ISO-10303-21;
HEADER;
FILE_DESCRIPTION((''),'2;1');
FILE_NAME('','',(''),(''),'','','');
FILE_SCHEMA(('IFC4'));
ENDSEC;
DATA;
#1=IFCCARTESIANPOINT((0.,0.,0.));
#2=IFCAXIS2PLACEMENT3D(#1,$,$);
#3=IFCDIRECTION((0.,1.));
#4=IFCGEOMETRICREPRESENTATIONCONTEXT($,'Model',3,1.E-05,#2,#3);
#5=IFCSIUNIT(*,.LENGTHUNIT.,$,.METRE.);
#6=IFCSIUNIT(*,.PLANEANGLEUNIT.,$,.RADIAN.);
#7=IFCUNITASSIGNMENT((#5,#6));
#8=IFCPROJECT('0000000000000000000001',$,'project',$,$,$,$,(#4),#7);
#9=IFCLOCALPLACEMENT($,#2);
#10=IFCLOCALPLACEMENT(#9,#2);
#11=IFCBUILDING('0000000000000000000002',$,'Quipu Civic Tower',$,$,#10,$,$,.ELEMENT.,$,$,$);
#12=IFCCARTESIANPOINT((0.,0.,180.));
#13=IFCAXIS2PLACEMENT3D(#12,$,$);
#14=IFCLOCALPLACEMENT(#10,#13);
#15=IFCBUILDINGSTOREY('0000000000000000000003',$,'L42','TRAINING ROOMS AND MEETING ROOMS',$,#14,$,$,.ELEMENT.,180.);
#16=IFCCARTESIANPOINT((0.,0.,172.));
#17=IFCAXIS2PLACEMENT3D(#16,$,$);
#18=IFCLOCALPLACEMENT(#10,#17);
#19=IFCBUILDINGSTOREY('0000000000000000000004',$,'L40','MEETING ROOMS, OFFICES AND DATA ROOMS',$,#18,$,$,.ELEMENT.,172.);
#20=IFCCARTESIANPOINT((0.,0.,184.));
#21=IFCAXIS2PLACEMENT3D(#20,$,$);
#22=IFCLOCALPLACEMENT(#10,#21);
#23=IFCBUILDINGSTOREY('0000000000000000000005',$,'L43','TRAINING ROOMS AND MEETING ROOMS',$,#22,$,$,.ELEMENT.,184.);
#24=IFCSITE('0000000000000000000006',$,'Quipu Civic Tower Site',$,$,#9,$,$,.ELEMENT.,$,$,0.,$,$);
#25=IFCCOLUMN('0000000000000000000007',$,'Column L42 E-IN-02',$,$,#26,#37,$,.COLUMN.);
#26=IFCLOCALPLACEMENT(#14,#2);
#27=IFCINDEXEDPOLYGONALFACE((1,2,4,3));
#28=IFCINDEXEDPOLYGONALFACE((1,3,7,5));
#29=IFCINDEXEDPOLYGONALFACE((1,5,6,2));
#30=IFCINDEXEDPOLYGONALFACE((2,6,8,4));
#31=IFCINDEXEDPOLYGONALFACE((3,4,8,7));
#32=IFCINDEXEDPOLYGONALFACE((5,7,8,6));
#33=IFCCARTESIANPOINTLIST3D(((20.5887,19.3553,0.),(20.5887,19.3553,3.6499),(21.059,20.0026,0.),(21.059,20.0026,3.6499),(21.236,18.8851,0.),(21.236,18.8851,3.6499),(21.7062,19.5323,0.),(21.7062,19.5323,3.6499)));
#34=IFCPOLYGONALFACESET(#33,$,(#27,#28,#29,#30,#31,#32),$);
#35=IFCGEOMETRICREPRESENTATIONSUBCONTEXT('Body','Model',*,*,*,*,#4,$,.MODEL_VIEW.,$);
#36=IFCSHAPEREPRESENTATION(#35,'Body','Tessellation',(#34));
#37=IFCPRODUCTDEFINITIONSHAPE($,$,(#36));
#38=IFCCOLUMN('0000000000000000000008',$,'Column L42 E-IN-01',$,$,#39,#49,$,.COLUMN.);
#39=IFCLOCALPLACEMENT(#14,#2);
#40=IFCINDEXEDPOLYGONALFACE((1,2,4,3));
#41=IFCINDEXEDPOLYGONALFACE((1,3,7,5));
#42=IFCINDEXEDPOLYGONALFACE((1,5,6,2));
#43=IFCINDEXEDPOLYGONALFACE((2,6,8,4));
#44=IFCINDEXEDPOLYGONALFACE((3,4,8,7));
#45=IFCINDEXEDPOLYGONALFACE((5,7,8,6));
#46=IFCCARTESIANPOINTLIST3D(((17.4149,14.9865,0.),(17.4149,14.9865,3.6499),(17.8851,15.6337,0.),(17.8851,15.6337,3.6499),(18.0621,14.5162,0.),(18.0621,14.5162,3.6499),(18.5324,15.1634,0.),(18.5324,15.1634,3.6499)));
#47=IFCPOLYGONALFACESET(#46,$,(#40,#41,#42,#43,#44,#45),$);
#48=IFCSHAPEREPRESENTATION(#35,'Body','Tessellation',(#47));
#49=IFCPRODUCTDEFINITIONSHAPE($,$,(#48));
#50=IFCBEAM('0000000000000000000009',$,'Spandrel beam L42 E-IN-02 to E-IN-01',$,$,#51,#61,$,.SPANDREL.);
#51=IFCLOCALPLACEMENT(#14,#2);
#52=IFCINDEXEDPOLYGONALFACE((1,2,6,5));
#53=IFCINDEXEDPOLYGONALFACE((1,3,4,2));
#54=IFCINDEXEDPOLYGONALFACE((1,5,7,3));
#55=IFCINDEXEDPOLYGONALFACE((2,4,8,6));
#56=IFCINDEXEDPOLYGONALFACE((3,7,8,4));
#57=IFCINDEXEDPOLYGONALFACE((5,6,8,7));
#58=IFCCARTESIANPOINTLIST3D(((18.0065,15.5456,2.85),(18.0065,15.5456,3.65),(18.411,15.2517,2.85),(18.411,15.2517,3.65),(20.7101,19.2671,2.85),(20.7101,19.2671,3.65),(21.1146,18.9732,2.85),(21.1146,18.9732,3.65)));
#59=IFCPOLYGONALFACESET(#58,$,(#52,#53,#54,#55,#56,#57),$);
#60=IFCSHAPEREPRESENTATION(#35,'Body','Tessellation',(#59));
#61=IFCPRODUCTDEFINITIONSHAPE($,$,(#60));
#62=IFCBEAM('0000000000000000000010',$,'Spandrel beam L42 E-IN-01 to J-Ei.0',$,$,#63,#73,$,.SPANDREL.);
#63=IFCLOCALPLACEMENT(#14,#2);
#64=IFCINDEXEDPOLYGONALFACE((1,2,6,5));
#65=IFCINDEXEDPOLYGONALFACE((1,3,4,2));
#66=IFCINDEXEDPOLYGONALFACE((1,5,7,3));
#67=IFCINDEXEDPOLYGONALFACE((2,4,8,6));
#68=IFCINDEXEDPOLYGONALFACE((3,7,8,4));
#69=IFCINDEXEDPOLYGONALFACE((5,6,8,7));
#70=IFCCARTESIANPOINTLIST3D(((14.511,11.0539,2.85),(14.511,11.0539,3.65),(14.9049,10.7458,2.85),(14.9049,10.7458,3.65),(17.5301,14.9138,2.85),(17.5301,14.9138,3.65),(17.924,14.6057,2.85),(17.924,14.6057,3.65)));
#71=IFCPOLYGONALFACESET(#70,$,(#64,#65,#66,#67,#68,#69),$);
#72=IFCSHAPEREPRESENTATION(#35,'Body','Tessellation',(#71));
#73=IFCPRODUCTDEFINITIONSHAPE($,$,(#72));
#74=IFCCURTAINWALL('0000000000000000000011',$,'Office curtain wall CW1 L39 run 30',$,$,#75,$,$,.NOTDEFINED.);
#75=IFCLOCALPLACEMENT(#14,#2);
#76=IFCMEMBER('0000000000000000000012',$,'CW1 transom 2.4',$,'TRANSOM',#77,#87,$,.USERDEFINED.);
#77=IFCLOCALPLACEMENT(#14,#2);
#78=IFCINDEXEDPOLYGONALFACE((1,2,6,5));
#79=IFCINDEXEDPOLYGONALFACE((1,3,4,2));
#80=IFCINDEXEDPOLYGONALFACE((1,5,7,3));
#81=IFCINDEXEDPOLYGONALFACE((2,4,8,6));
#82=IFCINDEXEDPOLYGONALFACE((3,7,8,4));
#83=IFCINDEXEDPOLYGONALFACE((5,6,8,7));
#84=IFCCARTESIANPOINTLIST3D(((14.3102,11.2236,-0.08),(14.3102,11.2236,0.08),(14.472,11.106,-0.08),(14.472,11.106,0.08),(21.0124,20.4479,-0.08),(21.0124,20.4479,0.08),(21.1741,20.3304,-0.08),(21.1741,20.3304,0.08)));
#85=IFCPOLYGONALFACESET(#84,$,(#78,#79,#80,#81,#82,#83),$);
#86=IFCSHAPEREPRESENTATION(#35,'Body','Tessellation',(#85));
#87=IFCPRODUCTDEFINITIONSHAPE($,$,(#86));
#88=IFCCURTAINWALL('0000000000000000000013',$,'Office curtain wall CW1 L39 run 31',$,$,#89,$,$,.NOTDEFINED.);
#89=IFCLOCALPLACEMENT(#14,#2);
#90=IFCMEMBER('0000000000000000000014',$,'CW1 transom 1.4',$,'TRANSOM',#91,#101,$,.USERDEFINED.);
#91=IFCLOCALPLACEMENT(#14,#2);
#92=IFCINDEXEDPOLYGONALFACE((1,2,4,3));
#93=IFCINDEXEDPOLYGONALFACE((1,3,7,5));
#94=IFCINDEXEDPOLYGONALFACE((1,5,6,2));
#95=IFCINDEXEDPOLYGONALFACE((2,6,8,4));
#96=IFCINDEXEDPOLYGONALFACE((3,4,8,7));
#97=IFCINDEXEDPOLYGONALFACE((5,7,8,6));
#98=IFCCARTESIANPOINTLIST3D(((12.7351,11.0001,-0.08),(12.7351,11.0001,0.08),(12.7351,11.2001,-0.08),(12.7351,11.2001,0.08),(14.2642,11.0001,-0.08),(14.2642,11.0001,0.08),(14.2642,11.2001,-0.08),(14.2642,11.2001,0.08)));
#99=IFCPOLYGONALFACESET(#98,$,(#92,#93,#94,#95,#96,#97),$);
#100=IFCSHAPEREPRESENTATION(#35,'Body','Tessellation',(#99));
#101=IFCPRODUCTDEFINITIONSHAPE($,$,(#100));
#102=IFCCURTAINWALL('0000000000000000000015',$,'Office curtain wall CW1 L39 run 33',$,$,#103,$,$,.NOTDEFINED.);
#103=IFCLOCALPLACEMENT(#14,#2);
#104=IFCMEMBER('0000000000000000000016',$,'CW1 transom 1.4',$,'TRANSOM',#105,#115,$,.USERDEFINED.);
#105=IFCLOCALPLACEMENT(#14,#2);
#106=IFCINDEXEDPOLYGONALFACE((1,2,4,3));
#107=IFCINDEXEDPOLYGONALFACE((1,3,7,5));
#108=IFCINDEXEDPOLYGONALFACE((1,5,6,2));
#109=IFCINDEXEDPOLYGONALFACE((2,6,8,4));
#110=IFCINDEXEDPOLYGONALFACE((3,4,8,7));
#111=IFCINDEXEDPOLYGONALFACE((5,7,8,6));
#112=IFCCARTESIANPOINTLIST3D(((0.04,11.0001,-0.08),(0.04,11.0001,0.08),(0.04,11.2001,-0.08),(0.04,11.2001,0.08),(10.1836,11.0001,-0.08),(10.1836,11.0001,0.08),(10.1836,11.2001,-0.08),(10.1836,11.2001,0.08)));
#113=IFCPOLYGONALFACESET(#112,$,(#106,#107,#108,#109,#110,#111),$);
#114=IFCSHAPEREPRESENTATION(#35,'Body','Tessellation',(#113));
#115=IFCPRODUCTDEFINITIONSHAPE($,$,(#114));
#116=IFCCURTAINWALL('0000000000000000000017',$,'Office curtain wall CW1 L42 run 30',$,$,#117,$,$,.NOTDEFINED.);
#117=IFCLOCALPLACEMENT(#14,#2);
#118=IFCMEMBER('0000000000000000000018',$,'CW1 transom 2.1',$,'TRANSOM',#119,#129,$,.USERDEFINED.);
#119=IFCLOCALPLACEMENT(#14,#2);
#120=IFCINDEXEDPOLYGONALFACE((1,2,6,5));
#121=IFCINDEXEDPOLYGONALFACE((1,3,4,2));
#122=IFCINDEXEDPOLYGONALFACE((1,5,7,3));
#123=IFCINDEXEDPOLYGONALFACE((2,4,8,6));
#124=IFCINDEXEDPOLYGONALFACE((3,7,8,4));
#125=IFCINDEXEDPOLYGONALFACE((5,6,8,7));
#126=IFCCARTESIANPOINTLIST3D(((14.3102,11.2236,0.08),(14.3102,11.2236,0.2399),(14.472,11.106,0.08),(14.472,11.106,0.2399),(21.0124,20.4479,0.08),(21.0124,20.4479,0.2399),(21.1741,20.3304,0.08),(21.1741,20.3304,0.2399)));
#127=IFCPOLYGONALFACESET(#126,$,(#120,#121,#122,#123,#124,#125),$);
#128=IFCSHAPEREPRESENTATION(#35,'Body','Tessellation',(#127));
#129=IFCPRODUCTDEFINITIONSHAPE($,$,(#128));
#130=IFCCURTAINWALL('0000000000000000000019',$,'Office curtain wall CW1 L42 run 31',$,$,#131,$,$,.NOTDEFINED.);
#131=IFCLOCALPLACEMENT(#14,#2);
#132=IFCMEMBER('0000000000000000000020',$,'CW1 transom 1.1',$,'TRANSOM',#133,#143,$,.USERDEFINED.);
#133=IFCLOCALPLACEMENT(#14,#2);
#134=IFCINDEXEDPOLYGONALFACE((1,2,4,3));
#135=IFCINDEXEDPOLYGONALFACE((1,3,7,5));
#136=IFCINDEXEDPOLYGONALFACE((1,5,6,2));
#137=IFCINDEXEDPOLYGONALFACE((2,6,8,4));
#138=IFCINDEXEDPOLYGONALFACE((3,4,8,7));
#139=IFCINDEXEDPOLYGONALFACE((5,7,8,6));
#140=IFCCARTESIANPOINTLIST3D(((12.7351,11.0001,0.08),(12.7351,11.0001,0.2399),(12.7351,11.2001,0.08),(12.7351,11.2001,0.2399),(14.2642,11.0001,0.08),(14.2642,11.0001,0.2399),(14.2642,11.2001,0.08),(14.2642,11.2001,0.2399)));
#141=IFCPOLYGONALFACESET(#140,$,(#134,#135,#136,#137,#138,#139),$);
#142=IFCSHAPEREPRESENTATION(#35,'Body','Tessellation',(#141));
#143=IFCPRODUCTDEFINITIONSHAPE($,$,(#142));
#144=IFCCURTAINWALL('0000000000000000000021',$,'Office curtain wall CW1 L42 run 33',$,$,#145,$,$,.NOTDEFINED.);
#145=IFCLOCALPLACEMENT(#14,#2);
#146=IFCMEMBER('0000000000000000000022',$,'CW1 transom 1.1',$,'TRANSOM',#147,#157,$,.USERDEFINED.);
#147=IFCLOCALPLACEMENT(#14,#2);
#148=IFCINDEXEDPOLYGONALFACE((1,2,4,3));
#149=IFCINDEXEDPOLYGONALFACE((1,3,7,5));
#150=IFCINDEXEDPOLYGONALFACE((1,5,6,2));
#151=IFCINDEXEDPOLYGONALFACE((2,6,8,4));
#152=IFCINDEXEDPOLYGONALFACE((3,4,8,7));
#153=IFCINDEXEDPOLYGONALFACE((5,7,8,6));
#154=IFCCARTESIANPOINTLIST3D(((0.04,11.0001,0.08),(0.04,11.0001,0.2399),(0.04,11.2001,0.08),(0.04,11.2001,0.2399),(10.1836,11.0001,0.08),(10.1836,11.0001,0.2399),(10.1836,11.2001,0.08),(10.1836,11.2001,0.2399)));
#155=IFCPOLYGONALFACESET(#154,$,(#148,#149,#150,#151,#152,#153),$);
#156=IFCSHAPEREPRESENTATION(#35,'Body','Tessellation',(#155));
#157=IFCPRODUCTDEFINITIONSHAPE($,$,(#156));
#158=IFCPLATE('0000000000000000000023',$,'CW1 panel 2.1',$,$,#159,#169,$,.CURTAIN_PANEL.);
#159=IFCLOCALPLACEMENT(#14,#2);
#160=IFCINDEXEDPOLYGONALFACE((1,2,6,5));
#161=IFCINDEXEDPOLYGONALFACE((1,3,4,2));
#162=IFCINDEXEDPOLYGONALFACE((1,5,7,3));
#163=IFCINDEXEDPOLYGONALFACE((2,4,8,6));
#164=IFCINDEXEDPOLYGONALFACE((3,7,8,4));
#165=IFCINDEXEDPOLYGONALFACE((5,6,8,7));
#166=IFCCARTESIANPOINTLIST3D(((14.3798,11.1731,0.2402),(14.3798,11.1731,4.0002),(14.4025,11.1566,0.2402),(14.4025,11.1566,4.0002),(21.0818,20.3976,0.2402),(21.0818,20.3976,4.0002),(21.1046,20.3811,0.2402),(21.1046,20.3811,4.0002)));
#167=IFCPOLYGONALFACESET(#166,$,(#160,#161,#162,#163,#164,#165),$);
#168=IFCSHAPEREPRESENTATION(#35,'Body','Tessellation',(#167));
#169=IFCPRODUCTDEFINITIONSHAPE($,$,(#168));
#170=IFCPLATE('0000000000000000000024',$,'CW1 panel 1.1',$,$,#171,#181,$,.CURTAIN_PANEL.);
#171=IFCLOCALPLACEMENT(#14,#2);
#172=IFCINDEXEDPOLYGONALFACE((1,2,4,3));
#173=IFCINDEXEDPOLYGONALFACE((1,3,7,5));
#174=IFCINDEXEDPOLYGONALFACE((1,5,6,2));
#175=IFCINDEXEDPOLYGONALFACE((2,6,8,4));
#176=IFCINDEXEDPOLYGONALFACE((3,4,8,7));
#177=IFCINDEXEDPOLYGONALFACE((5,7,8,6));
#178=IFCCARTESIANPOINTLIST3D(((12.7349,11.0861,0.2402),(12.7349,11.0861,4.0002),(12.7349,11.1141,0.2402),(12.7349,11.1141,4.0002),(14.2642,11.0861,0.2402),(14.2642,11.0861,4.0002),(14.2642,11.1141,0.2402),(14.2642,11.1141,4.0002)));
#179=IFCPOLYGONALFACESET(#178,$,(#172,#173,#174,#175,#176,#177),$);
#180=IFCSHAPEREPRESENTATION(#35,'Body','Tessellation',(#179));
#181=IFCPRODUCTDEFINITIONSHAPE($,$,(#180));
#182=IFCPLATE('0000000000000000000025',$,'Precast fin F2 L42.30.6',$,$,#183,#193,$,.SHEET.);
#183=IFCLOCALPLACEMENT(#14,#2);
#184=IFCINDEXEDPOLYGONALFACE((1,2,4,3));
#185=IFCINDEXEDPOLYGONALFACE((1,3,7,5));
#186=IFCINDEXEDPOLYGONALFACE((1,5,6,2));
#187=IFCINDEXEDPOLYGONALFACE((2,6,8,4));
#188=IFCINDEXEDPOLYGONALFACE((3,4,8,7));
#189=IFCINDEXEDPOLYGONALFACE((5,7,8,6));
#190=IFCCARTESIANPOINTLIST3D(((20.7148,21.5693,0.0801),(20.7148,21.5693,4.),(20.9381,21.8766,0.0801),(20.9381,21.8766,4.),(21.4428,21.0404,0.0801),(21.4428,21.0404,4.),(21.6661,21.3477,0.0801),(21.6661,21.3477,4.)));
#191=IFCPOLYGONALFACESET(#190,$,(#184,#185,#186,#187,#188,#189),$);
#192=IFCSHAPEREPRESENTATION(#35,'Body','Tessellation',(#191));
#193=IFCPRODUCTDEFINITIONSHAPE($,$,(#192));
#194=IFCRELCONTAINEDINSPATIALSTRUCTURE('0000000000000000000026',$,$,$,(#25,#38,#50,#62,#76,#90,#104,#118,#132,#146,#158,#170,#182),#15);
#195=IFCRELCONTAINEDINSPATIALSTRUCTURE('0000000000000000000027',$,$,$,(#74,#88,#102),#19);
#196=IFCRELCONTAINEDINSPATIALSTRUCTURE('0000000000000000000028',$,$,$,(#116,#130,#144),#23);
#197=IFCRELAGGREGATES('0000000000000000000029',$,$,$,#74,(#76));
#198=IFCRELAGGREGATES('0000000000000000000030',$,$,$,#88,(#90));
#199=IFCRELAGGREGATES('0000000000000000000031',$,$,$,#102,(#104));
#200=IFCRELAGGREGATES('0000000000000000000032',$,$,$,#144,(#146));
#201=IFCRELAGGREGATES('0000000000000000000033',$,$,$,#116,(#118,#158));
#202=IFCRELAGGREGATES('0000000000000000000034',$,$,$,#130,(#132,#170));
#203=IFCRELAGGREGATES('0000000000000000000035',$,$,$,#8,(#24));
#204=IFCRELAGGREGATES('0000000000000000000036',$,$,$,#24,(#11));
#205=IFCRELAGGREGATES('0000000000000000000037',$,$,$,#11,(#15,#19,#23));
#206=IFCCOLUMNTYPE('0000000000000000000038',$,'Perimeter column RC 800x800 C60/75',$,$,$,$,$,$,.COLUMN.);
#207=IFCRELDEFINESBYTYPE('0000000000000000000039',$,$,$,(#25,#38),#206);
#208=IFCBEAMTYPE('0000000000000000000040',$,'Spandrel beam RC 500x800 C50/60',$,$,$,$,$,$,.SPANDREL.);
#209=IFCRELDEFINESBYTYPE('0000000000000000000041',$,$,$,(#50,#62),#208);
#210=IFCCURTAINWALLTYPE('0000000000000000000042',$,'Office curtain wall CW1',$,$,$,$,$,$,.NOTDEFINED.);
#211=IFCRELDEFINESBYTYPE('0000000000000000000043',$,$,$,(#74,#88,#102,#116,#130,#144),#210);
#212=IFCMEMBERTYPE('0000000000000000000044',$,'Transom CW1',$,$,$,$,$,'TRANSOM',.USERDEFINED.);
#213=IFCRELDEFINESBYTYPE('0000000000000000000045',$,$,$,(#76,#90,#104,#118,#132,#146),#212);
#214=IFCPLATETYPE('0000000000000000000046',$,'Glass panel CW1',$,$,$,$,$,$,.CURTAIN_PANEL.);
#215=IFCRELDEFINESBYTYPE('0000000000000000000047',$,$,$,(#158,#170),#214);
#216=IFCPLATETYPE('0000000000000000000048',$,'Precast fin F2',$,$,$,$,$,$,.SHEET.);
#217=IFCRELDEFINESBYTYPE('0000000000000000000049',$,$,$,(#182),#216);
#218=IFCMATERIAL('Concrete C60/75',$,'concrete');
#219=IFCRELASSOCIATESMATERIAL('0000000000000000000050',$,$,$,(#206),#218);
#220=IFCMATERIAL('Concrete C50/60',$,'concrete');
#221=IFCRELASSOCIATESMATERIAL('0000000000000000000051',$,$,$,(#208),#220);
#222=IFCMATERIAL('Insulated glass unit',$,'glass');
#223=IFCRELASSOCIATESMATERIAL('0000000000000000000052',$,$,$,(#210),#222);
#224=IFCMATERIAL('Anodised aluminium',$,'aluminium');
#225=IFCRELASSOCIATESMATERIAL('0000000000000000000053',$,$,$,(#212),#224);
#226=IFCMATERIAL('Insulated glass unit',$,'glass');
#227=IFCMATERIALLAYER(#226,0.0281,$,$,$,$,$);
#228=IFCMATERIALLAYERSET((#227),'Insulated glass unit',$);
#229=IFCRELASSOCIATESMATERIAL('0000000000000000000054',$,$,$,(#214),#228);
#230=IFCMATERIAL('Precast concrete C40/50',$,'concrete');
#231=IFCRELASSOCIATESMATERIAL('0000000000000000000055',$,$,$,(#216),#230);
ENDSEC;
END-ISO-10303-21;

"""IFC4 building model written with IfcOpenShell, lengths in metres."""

from ifc_helpers import new_model, si_unit, direction, frame, origin, origin_2d, place, context, subcontext, project, spatial, rectangle, extrude, material, layer, layer_set, material_profile, profile_set, type_object, element, aggregate, save


model = new_model("IFC4")

# Units and contexts
model_context = context("Model", 3, precision=1e-05, world=origin(), true_north=direction((0.0, 1.0)))
body_context = subcontext(model_context, "Body", "Model", "MODEL_VIEW")
ifc_project = project(units=[si_unit("LENGTHUNIT", "METRE"), si_unit("PLANEANGLEUNIT", "RADIAN")], contexts=[model_context])

# Site, building, storey
site_placement = place(None, origin())
site = spatial("IfcSite", under=ifc_project, at=site_placement, Name="Quipu Civic Tower Site", CompositionType="ELEMENT", RefElevation=0.0)
building_placement = place(site_placement, origin())
building = spatial("IfcBuilding", under=site, at=building_placement, Name="Quipu Civic Tower", CompositionType="ELEMENT")
storey_1_placement = place(building_placement, frame((0.0, 0.0, 180.0)))
storey_1 = spatial("IfcBuildingStorey", under=building, at=storey_1_placement, Name="L42", Description="TRAINING ROOMS AND MEETING ROOMS", CompositionType="ELEMENT", Elevation=180.0)

# Columns
ifc_material_1 = material(Name="Concrete C60/75", Category="concrete")
ifc_material_profile_1 = material_profile(ifc_material_1, rectangle(XDim=0.8, YDim=0.8, at=origin_2d()), Name="RC800x800")
ifc_profile_set_1 = profile_set([ifc_material_profile_1], Name="Concrete C60/75")
column_type = type_object("IfcColumnType", Name="Perimeter column RC 800x800 C60/75", PredefinedType="COLUMN", material=ifc_profile_set_1)
for number, where, z_axis, x_axis, name in (
    (1, (21.1475, 19.4438, 0.0), (0.0, 0.0, 1.0), (-0.587785, -0.809017, 0.0), "Column L42 E-IN-02"),
    (2, (17.9736, 15.075, 0.0), (0.0, 0.0, 1.0), (-0.587785, -0.809017, 0.0), "Column L42 E-IN-01"),
):
    element("IfcColumn", number, at=place(storey_1_placement, frame(where, z_axis=z_axis, x_axis=x_axis)), inside=storey_1, type_object=column_type, Name=name, PredefinedType="COLUMN", context=body_context, shape_type="SweptSolid", body=[
        extrude(rectangle(XDim=0.8, YDim=0.8, at=origin_2d()), origin(), (0.0, 0.0, 1.0), 3.6499),
    ])

# Beams
ifc_material_2 = material(Name="Concrete C50/60", Category="concrete")
ifc_material_profile_2 = material_profile(ifc_material_2, rectangle(XDim=0.5, YDim=0.8, at=origin_2d()), Name="RC500x800")
ifc_profile_set_2 = profile_set([ifc_material_profile_2], Name="Concrete C50/60")
beam_type = type_object("IfcBeamType", Name="Spandrel beam RC 500x800 C50/60", PredefinedType="SPANDREL", material=ifc_profile_set_2)
beam_1_placement = place(storey_1_placement, frame((20.9124, 19.1201, 3.25), z_axis=(-0.587761, -0.809034, 0.0), x_axis=(0.809034, -0.587761, 0.0)))
element("IfcBeam", 3, at=beam_1_placement, inside=storey_1, type_object=beam_type, Name="Spandrel beam L42 E-IN-02 to E-IN-01", PredefinedType="SPANDREL", context=body_context, shape_type="SweptSolid", body=[
    extrude(rectangle(XDim=0.5, YDim=0.8, at=origin_2d()), origin(), (0.0, 0.0, 1.0), 4.5999),
])
beam_2_placement = place(storey_1_placement, frame((17.7271, 14.7598, 3.25), z_axis=(-0.616091, -0.787675, 0.0), x_axis=(0.787675, -0.616091, 0.0)))
element("IfcBeam", 4, at=beam_2_placement, inside=storey_1, type_object=beam_type, Name="Spandrel beam L42 E-IN-01 to J-Ei.0", PredefinedType="SPANDREL", context=body_context, shape_type="SweptSolid", body=[
    extrude(rectangle(XDim=0.5, YDim=0.8, at=origin_2d()), origin(), (0.0, 0.0, 1.0), 4.9004),
])

# Shared definitions
storey_2_placement = place(building_placement, frame((0.0, 0.0, 172.0)))
storey_2 = spatial("IfcBuildingStorey", under=building, at=storey_2_placement, Name="L40", Description="MEETING ROOMS, OFFICES AND DATA ROOMS", CompositionType="ELEMENT", Elevation=172.0)

# Curtain walls, members
ifc_material_3 = material(Name="Insulated glass unit", Category="glass")
curtain_wall_type = type_object("IfcCurtainWallType", Name="Office curtain wall CW1", PredefinedType="NOTDEFINED", material=ifc_material_3)
curtain_wall_1_placement = place(storey_2_placement, origin())
curtain_wall_1 = element("IfcCurtainWall", 5, at=curtain_wall_1_placement, inside=storey_2, type_object=curtain_wall_type, Name="Office curtain wall CW1 L39 run 30", PredefinedType="NOTDEFINED")
ifc_material_4 = material(Name="Anodised aluminium", Category="aluminium")
ifc_material_profile_3 = material_profile(ifc_material_4, rectangle(XDim=0.2, YDim=0.1599, at=origin_2d()), Name="RECT 200x160")
ifc_profile_set_3 = profile_set([ifc_material_profile_3], Name="Anodised aluminium")
member_type = type_object("IfcMemberType", Name="Transom CW1", ElementType="TRANSOM", PredefinedType="USERDEFINED", material=ifc_profile_set_3)
member_1_placement = place(storey_1_placement, frame((21.0933, 20.3892, 0.0), z_axis=(-0.5878, -0.809006, 0.0), x_axis=(0.809006, -0.5878, 0.0)))
member_1 = element("IfcMember", 6, at=member_1_placement, inside=storey_1, type_object=member_type, Name="CW1 transom 2.4", ObjectType="TRANSOM", PredefinedType="USERDEFINED", context=body_context, shape_type="SweptSolid", body=[
    extrude(rectangle(XDim=0.2, YDim=0.1599, at=origin_2d()), origin(), (0.0, 0.0, 1.0), 11.4021),
])
aggregate(curtain_wall_1, [member_1])
curtain_wall_2_placement = place(storey_2_placement, origin())
curtain_wall_2 = element("IfcCurtainWall", 7, at=curtain_wall_2_placement, inside=storey_2, type_object=curtain_wall_type, Name="Office curtain wall CW1 L39 run 31", PredefinedType="NOTDEFINED")
member_2_placement = place(storey_1_placement, frame((14.2642, 11.1001, 0.0), z_axis=(-1.0, 0.0, 0.0), x_axis=(0.0, -1.0, 0.0)))
member_2 = element("IfcMember", 8, at=member_2_placement, inside=storey_1, type_object=member_type, Name="CW1 transom 1.4", ObjectType="TRANSOM", PredefinedType="USERDEFINED", context=body_context, shape_type="SweptSolid", body=[
    extrude(rectangle(XDim=0.2, YDim=0.1599, at=origin_2d()), origin(), (0.0, 0.0, 1.0), 1.5291),
])
aggregate(curtain_wall_2, [member_2])
curtain_wall_3_placement = place(storey_2_placement, origin())
curtain_wall_3 = element("IfcCurtainWall", 9, at=curtain_wall_3_placement, inside=storey_2, type_object=curtain_wall_type, Name="Office curtain wall CW1 L39 run 33", PredefinedType="NOTDEFINED")
member_3_placement = place(storey_1_placement, frame((10.1836, 11.1001, 0.0), z_axis=(-1.0, 0.0, 0.0), x_axis=(0.0, -1.0, 0.0)))
member_3 = element("IfcMember", 10, at=member_3_placement, inside=storey_1, type_object=member_type, Name="CW1 transom 1.4", ObjectType="TRANSOM", PredefinedType="USERDEFINED", context=body_context, shape_type="SweptSolid", body=[
    extrude(rectangle(XDim=0.2, YDim=0.1599, at=origin_2d()), origin(), (0.0, 0.0, 1.0), 10.1436),
])
aggregate(curtain_wall_3, [member_3])

# Shared definitions
storey_3_placement = place(building_placement, frame((0.0, 0.0, 184.0)))
storey_3 = spatial("IfcBuildingStorey", under=building, at=storey_3_placement, Name="L43", Description="TRAINING ROOMS AND MEETING ROOMS", CompositionType="ELEMENT", Elevation=184.0)

# Curtain walls, members
curtain_wall_4_placement = place(storey_3_placement, origin())
curtain_wall_4 = element("IfcCurtainWall", 11, at=curtain_wall_4_placement, inside=storey_3, type_object=curtain_wall_type, Name="Office curtain wall CW1 L42 run 30", PredefinedType="NOTDEFINED")
member_4_placement = place(storey_1_placement, frame((21.0933, 20.3892, 0.1599), z_axis=(-0.5878, -0.809006, 0.0), x_axis=(0.809006, -0.5878, 0.0)))
member_4 = element("IfcMember", 12, at=member_4_placement, inside=storey_1, type_object=member_type, Name="CW1 transom 2.1", ObjectType="TRANSOM", PredefinedType="USERDEFINED", context=body_context, shape_type="SweptSolid", body=[
    extrude(rectangle(XDim=0.2, YDim=0.1599, at=origin_2d()), origin(), (0.0, 0.0, 1.0), 11.4021),
])
curtain_wall_5_placement = place(storey_3_placement, origin())
curtain_wall_5 = element("IfcCurtainWall", 13, at=curtain_wall_5_placement, inside=storey_3, type_object=curtain_wall_type, Name="Office curtain wall CW1 L42 run 31", PredefinedType="NOTDEFINED")
member_5_placement = place(storey_1_placement, frame((14.2642, 11.1001, 0.1599), z_axis=(-1.0, 0.0, 0.0), x_axis=(0.0, -1.0, 0.0)))
member_5 = element("IfcMember", 14, at=member_5_placement, inside=storey_1, type_object=member_type, Name="CW1 transom 1.1", ObjectType="TRANSOM", PredefinedType="USERDEFINED", context=body_context, shape_type="SweptSolid", body=[
    extrude(rectangle(XDim=0.2, YDim=0.1599, at=origin_2d()), origin(), (0.0, 0.0, 1.0), 1.5291),
])
curtain_wall_6_placement = place(storey_3_placement, origin())
curtain_wall_6 = element("IfcCurtainWall", 15, at=curtain_wall_6_placement, inside=storey_3, type_object=curtain_wall_type, Name="Office curtain wall CW1 L42 run 33", PredefinedType="NOTDEFINED")
member_6_placement = place(storey_1_placement, frame((10.1836, 11.1001, 0.1599), z_axis=(-1.0, 0.0, 0.0), x_axis=(0.0, -1.0, 0.0)))
member_6 = element("IfcMember", 16, at=member_6_placement, inside=storey_1, type_object=member_type, Name="CW1 transom 1.1", ObjectType="TRANSOM", PredefinedType="USERDEFINED", context=body_context, shape_type="SweptSolid", body=[
    extrude(rectangle(XDim=0.2, YDim=0.1599, at=origin_2d()), origin(), (0.0, 0.0, 1.0), 10.1436),
])
aggregate(curtain_wall_6, [member_6])

# Plates
ifc_material_5 = material(Name="Insulated glass unit", Category="glass")
ifc_layer = layer(ifc_material_5, 0.0281)
ifc_layer_set = layer_set([ifc_layer], Name="Insulated glass unit")
plate_type_1 = type_object("IfcPlateType", Name="Glass panel CW1", PredefinedType="CURTAIN_PANEL", material=ifc_layer_set)
plate_1_placement = place(storey_1_placement, frame((17.7422, 15.7771, 0.2402), z_axis=(0.0, 0.0, 1.0), x_axis=(-0.587789, -0.809014, 0.0)))
plate_1 = element("IfcPlate", 17, at=plate_1_placement, inside=storey_1, type_object=plate_type_1, Name="CW1 panel 2.1", PredefinedType="CURTAIN_PANEL", context=body_context, shape_type="SweptSolid", body=[
    extrude(rectangle(XDim=11.4021, YDim=0.0281, at=origin_2d()), origin(), (0.0, 0.0, 1.0), 3.76),
])
aggregate(curtain_wall_4, [member_4, plate_1])
plate_2_placement = place(storey_1_placement, frame((13.4995, 11.1001, 0.2402), z_axis=(0.0, 0.0, 1.0), x_axis=(-1.0, 0.0, 0.0)))
plate_2 = element("IfcPlate", 18, at=plate_2_placement, inside=storey_1, type_object=plate_type_1, Name="CW1 panel 1.1", PredefinedType="CURTAIN_PANEL", context=body_context, shape_type="SweptSolid", body=[
    extrude(rectangle(XDim=1.5293, YDim=0.0281, at=origin_2d()), origin(), (0.0, 0.0, 1.0), 3.76),
])
aggregate(curtain_wall_5, [member_5, plate_2])

# Plate
ifc_material_6 = material(Name="Precast concrete C40/50", Category="concrete")
plate_type_2 = type_object("IfcPlateType", Name="Precast fin F2", PredefinedType="SHEET", material=ifc_material_6)
for number, where, z_axis, x_axis, name in (
    (19, (21.1904, 21.4585, 0.0801), (0.0, 0.0, 1.0), (-0.587787, -0.809016, 0.0), "Precast fin F2 L42.30.6"),
):
    element("IfcPlate", number, at=place(storey_1_placement, frame(where, z_axis=z_axis, x_axis=x_axis)), inside=storey_1, type_object=plate_type_2, Name=name, PredefinedType="SHEET", context=body_context, shape_type="SweptSolid", body=[
        extrude(rectangle(XDim=0.3799, YDim=0.8999, at=origin_2d()), origin(), (0.0, 0.0, 1.0), 3.9199),
    ])

save(model, "model.ifc")
